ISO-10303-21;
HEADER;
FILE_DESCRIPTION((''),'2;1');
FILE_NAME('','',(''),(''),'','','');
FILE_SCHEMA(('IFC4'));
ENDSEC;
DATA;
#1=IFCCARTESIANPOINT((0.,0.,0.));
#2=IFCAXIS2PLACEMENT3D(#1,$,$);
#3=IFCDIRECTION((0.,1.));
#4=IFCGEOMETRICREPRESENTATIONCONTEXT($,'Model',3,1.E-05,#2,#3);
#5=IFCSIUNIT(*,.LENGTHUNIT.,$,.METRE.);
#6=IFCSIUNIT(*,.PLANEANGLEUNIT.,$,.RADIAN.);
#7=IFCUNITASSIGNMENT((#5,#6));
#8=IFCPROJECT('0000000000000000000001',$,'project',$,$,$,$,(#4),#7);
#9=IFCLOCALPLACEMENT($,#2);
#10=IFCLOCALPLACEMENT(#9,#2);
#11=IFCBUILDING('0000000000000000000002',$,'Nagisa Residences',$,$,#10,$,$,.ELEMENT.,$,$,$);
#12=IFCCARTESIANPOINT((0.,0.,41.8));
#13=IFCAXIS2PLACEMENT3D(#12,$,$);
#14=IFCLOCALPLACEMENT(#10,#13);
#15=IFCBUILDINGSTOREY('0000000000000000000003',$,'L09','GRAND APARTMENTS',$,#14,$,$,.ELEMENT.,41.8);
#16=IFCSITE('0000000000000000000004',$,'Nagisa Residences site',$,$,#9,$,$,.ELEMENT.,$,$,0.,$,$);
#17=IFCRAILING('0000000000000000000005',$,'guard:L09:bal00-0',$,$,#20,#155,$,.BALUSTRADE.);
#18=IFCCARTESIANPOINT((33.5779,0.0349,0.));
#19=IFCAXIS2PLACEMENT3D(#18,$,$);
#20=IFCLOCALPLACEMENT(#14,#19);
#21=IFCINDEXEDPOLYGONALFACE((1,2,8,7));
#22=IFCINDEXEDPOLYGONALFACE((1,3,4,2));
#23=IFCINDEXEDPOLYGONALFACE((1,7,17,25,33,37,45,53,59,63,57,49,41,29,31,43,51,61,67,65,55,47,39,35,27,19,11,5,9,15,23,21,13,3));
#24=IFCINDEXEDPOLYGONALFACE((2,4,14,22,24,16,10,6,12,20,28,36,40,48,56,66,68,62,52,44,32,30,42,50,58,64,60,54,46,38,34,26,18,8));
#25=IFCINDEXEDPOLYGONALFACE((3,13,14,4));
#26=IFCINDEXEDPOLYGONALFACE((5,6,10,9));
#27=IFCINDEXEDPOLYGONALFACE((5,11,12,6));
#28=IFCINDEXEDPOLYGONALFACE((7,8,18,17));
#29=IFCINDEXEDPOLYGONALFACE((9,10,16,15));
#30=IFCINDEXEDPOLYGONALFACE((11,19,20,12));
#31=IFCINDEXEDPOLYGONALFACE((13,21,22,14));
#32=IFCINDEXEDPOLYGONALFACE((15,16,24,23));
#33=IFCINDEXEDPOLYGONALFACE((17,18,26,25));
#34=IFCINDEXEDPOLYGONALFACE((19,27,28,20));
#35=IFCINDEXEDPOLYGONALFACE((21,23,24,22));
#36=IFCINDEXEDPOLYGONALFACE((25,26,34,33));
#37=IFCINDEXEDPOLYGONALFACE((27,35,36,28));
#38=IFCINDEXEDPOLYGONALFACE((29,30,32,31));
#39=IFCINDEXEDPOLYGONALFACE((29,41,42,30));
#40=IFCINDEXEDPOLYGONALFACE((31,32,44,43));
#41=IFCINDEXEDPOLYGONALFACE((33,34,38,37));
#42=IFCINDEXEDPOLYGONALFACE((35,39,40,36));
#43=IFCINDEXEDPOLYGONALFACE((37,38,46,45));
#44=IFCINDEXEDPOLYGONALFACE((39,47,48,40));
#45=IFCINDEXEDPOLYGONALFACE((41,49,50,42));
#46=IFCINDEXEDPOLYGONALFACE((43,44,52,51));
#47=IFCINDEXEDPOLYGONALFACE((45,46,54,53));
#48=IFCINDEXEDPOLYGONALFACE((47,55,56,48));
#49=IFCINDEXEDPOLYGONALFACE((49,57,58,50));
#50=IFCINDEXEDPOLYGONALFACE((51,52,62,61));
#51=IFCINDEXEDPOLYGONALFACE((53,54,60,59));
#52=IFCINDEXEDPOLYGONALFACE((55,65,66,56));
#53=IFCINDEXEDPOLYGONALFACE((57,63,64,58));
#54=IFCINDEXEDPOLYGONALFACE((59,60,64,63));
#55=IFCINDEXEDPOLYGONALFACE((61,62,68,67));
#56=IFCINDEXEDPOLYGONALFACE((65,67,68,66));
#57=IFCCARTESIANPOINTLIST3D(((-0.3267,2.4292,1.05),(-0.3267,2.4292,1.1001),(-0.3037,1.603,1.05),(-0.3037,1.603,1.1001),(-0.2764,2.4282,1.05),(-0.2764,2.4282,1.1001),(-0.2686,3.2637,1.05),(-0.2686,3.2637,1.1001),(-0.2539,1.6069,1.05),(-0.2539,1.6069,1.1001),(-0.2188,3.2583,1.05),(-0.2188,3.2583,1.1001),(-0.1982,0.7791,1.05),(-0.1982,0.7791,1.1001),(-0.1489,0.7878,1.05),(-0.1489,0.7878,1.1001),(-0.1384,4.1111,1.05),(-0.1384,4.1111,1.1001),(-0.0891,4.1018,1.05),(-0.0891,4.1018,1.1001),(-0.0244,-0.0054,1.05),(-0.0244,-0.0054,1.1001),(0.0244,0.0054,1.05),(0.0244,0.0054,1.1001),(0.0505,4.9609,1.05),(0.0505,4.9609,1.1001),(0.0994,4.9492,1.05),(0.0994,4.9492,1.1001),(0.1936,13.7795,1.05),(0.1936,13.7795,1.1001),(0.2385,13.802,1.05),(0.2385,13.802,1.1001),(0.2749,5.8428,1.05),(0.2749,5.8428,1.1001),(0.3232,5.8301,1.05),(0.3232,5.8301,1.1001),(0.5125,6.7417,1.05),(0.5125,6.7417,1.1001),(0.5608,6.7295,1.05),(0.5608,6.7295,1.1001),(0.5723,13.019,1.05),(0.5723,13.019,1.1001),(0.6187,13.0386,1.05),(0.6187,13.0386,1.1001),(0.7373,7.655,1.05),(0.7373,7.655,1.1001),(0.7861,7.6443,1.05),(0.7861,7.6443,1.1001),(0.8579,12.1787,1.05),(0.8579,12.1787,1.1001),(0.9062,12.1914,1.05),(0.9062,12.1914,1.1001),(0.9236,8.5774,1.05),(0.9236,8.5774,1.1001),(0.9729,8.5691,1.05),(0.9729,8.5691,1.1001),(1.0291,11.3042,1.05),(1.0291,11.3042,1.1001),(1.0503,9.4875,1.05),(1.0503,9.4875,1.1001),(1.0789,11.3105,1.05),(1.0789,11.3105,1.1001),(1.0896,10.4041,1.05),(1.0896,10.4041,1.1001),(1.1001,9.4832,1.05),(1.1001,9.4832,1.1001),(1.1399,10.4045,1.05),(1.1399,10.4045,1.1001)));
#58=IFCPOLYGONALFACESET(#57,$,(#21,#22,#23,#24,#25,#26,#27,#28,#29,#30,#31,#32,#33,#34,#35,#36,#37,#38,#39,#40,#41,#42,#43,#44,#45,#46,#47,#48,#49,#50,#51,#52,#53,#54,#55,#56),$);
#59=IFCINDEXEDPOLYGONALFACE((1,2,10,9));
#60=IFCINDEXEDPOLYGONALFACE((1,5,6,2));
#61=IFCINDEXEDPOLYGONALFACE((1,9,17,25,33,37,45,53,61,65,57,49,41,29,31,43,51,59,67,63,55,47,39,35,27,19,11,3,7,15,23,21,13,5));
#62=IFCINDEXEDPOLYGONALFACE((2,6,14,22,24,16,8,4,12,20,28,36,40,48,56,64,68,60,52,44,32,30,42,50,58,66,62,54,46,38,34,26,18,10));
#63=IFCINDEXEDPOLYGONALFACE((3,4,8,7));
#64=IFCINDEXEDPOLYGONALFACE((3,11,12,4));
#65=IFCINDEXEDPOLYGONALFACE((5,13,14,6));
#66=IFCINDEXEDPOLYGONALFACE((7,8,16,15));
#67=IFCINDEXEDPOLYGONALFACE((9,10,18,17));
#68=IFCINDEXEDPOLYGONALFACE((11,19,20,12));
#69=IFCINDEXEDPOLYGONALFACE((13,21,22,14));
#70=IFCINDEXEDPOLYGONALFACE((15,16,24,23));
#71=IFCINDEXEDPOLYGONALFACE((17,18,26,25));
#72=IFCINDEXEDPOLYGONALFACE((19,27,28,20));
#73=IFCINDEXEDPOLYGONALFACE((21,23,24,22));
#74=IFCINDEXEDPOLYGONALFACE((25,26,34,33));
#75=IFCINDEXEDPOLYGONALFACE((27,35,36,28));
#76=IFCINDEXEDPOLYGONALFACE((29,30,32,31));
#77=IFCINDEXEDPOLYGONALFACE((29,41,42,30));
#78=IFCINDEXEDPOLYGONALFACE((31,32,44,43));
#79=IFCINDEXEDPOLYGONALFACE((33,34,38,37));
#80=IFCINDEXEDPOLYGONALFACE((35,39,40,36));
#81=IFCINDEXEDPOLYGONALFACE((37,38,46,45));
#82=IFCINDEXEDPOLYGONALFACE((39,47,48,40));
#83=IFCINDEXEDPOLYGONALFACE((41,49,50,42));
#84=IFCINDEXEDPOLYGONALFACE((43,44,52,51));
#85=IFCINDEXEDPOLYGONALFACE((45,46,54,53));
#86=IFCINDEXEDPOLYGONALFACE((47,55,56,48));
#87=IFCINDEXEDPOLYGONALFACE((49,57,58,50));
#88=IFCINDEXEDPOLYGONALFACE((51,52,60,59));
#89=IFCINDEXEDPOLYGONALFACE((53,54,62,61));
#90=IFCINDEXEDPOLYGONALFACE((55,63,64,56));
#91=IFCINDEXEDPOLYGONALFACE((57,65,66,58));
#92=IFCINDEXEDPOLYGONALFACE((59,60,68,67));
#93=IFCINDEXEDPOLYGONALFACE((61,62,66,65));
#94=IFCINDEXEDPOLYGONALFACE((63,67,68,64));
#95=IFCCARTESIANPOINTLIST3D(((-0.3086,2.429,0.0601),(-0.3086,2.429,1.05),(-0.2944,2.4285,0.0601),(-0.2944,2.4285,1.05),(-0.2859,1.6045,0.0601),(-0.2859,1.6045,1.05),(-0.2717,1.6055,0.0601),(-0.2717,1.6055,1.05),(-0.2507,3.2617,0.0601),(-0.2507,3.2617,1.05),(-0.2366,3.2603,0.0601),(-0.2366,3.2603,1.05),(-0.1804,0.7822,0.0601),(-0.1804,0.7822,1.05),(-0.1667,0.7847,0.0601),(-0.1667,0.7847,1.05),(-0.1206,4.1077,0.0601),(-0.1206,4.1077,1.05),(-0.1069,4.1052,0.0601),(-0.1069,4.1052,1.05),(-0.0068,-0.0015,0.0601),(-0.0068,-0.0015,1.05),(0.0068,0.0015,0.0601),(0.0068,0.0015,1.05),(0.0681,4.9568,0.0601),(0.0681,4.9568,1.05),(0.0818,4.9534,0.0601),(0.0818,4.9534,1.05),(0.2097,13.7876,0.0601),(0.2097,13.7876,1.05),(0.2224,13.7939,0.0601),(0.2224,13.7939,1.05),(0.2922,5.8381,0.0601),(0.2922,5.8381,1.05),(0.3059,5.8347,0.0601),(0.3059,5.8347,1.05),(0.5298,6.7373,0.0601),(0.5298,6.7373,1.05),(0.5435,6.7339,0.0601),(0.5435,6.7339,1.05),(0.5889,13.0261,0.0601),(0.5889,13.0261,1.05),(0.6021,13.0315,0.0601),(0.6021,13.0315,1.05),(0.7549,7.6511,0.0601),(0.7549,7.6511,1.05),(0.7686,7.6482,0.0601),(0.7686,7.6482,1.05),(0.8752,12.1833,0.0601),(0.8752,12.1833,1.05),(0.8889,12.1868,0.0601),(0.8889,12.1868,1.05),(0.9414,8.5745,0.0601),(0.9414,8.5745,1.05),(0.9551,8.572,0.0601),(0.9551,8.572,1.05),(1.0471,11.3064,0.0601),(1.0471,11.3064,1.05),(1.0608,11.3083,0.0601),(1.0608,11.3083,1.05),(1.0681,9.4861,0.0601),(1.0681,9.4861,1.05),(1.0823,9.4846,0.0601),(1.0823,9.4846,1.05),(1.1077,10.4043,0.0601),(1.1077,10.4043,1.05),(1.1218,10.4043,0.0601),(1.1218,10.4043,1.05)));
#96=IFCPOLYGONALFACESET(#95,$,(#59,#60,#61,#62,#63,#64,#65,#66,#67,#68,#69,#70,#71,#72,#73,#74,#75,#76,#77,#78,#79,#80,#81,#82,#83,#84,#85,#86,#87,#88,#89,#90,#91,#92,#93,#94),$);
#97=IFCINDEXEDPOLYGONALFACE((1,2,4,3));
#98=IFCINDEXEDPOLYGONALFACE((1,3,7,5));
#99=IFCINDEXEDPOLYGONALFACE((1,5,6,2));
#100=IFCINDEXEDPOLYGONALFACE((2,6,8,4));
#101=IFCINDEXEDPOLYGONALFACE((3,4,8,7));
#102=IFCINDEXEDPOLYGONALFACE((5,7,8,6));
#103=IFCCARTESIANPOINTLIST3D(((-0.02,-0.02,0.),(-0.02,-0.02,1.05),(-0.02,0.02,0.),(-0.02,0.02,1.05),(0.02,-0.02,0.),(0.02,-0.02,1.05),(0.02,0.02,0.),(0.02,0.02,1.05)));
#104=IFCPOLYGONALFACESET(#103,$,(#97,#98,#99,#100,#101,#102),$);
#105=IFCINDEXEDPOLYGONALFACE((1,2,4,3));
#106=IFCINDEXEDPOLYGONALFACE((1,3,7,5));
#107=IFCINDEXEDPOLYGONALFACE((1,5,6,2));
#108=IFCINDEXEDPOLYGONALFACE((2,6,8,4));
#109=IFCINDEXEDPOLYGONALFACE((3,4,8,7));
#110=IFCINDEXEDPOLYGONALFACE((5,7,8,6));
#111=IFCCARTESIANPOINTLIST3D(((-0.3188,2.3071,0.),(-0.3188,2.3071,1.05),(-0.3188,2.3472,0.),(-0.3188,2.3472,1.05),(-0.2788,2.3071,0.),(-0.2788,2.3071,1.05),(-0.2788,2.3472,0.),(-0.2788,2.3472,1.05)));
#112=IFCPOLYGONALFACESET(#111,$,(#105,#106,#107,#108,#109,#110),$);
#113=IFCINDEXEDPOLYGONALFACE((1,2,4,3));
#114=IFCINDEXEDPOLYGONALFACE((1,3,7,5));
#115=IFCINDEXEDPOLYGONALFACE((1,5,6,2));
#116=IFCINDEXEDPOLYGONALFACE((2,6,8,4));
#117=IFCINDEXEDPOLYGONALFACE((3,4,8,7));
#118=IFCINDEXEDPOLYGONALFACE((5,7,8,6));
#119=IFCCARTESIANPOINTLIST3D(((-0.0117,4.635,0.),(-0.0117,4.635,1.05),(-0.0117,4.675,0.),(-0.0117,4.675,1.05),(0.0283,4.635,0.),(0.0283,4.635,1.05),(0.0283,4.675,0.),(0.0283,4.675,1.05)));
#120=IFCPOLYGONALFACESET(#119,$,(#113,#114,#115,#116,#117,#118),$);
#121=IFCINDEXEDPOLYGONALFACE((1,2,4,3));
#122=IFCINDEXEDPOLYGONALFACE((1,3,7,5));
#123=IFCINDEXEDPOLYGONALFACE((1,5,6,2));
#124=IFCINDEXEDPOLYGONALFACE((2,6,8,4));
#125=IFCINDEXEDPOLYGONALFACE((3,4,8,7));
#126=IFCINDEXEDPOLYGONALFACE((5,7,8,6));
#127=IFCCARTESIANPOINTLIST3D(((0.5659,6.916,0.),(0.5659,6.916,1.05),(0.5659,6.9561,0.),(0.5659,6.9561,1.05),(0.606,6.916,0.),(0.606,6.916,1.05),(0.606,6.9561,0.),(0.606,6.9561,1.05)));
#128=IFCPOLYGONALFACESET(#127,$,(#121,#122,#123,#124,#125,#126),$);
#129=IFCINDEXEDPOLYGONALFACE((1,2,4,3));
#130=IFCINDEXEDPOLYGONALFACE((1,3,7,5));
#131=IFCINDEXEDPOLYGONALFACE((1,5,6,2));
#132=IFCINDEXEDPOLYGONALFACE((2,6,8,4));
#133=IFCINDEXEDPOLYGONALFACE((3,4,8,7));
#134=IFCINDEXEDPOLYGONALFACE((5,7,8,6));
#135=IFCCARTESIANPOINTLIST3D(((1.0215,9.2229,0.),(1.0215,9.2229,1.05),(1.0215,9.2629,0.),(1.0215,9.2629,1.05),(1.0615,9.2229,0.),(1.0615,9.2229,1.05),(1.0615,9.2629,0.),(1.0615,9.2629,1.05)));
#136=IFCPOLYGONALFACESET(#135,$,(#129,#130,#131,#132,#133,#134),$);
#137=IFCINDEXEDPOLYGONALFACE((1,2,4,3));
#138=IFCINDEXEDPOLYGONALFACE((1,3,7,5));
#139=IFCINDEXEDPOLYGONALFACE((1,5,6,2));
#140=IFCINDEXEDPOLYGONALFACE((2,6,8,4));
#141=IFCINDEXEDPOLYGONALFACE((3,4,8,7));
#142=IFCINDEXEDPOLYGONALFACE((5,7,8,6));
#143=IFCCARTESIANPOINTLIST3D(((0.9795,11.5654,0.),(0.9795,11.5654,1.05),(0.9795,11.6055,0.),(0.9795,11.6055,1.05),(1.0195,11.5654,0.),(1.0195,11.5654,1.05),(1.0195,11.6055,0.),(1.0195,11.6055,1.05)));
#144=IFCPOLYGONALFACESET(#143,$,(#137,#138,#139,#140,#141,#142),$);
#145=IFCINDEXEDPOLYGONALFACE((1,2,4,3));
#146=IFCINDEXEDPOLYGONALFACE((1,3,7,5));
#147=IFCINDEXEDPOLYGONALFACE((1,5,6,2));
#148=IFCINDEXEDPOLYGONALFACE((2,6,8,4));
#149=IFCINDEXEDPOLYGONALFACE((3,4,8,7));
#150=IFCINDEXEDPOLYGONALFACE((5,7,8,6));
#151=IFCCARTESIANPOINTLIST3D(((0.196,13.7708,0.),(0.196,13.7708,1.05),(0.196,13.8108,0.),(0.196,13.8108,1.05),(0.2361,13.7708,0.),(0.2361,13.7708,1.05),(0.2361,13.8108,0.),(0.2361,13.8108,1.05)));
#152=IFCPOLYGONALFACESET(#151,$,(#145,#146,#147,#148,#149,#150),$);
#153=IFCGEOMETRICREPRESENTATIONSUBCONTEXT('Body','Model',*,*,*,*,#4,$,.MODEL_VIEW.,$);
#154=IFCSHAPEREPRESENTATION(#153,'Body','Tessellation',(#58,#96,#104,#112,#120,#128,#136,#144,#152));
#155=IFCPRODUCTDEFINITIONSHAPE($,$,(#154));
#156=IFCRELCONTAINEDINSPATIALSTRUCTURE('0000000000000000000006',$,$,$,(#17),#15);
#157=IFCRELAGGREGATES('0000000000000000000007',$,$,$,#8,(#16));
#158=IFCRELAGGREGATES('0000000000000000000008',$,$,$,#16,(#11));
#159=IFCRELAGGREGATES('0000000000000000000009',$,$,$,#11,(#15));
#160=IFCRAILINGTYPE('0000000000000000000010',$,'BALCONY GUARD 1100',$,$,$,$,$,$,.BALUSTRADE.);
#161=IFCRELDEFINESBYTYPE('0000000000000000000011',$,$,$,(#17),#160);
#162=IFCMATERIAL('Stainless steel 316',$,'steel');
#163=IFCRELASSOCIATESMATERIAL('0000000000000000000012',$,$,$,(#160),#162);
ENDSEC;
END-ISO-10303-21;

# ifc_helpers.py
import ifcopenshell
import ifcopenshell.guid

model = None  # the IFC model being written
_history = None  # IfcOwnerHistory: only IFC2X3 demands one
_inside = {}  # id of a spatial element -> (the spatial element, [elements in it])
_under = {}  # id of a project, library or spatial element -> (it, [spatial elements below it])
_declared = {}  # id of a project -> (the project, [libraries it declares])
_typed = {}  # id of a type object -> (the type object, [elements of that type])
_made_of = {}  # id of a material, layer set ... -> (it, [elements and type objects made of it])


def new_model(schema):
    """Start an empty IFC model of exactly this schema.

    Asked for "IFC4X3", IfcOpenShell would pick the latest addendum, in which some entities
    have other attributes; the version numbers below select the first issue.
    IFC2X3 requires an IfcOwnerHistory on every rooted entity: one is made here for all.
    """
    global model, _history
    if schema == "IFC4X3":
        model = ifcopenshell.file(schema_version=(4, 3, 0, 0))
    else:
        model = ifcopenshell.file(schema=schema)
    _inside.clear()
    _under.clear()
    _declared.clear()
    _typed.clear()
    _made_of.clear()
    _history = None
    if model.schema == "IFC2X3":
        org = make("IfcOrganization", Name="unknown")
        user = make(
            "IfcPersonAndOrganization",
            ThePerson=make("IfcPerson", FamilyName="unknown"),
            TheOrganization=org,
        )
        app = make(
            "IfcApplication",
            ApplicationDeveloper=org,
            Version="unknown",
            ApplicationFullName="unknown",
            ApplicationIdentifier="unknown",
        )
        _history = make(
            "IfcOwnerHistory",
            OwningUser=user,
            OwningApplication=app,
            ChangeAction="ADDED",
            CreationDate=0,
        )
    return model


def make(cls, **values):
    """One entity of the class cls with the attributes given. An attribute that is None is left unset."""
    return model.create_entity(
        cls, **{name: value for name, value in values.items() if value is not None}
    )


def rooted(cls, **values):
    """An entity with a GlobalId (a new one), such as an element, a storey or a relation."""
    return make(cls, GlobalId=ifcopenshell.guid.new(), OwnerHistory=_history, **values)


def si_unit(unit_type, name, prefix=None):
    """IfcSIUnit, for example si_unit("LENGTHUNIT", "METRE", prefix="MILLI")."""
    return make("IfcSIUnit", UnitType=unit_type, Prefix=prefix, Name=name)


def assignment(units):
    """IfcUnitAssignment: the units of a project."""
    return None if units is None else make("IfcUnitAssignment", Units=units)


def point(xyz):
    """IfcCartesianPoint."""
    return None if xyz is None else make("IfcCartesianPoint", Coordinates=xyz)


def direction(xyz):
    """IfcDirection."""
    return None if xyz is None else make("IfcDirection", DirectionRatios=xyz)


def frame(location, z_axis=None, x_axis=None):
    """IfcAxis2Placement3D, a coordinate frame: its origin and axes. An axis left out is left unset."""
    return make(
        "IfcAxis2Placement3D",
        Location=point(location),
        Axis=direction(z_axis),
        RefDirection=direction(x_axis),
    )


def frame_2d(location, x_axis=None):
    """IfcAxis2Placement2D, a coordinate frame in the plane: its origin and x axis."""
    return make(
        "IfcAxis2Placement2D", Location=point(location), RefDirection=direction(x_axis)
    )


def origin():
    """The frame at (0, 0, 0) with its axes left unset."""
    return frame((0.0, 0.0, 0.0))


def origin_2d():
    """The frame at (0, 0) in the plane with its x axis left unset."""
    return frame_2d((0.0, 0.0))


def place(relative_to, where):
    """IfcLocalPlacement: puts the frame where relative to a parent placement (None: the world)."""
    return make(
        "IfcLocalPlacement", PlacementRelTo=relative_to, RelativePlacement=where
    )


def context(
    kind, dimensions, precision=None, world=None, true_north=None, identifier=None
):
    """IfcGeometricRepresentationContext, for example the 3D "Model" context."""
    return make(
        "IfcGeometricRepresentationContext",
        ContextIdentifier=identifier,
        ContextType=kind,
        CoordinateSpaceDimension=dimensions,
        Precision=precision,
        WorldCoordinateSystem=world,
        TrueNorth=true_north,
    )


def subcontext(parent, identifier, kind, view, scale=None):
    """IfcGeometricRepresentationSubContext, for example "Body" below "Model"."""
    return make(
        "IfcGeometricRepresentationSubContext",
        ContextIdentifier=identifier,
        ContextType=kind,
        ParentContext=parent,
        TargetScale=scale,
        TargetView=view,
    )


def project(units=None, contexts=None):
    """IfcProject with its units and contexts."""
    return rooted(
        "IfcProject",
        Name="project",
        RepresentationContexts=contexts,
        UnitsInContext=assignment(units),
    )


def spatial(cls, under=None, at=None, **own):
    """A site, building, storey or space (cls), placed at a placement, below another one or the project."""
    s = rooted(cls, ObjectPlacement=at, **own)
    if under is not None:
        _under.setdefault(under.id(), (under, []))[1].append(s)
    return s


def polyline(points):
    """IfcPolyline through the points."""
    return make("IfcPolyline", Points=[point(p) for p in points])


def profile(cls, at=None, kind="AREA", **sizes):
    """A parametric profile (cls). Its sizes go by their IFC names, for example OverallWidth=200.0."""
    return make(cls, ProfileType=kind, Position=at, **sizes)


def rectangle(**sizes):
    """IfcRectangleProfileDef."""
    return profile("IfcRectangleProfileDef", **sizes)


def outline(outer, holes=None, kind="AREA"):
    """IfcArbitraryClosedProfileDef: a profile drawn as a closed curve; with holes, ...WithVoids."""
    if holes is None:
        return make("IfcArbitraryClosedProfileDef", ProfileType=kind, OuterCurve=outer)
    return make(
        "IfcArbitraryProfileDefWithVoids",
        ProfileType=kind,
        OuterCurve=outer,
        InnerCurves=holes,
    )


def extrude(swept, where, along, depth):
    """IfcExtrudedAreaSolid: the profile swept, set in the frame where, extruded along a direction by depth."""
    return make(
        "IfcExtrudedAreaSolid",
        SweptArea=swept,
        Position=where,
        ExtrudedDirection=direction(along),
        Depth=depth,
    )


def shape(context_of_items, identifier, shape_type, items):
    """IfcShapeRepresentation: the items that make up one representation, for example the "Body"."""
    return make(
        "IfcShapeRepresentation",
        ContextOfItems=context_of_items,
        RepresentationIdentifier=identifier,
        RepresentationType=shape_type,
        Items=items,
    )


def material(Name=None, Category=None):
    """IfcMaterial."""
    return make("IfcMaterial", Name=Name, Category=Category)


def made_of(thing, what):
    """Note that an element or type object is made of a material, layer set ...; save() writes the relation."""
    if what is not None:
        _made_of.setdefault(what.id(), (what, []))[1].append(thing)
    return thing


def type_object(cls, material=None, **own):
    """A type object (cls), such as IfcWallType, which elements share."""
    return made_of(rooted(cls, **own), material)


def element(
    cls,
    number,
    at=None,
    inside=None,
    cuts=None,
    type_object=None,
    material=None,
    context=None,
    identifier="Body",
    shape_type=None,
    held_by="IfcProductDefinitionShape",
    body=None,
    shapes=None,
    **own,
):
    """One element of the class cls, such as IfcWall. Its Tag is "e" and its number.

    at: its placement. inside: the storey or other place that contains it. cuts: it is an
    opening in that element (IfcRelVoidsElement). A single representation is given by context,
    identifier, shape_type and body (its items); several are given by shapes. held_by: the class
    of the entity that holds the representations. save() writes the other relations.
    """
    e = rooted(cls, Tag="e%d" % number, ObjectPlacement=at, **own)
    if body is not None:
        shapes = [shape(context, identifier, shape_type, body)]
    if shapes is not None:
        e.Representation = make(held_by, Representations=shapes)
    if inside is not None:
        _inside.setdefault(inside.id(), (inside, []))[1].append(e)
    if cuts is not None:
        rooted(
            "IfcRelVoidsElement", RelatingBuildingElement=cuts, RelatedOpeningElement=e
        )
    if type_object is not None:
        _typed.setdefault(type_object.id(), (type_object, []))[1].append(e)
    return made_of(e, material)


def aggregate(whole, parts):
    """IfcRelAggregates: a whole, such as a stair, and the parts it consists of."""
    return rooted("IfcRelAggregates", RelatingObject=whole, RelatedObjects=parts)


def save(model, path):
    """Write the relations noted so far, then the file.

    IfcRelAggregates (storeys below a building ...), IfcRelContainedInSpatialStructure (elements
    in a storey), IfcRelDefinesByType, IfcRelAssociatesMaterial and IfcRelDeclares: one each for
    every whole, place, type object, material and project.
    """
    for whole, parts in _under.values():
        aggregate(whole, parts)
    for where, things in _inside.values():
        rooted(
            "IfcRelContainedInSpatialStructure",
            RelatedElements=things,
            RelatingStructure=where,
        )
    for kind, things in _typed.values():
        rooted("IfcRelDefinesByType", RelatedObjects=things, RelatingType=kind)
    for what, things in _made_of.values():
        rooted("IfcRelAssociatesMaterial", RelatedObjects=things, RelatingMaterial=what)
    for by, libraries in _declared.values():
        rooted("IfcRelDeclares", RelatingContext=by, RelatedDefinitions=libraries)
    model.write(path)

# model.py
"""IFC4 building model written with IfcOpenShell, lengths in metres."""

from ifc_helpers import new_model, si_unit, direction, frame, origin, origin_2d, place, context, subcontext, project, spatial, polyline, rectangle, outline, extrude, material, type_object, element, save


model = new_model("IFC4")

# Units and contexts
model_context = context("Model", 3, precision=1e-05, world=origin(), true_north=direction((0.0, 1.0)))
body_context = subcontext(model_context, "Body", "Model", "MODEL_VIEW")
ifc_project = project(units=[si_unit("LENGTHUNIT", "METRE"), si_unit("PLANEANGLEUNIT", "RADIAN")], contexts=[model_context])

# Site, building, storey
site_placement = place(None, origin())
site = spatial("IfcSite", under=ifc_project, at=site_placement, Name="Nagisa Residences site", CompositionType="ELEMENT", RefElevation=0.0)
building_placement = place(site_placement, origin())
building = spatial("IfcBuilding", under=site, at=building_placement, Name="Nagisa Residences", CompositionType="ELEMENT")
storey_placement = place(building_placement, frame((0.0, 0.0, 41.8)))
storey = spatial("IfcBuildingStorey", under=building, at=storey_placement, Name="L09", Description="GRAND APARTMENTS", CompositionType="ELEMENT", Elevation=41.8)

# Railing
ifc_material_1 = material(Name="Stainless steel 316", Category="steel")
railing_type = type_object("IfcRailingType", Name="BALCONY GUARD 1100", PredefinedType="BALUSTRADE", material=ifc_material_1)
railing_1_placement = place(storey_placement, frame((33.5779, 0.0349, 0.0)))
element("IfcRailing", 1, at=railing_1_placement, inside=storey, type_object=railing_type, Name="guard:L09:bal00-0", PredefinedType="BALUSTRADE", context=body_context, shape_type="SweptSolid", body=[
    extrude(outline(polyline([(-0.1982, 0.7791), (-0.0244, -0.0054), (0.0244, 0.0054), (-0.1489, 0.7878), (-0.2539, 1.6069), (-0.2764, 2.4282), (-0.2188, 3.2583), (-0.0891, 4.1018), (0.0994, 4.9492), (0.3232, 5.8301), (0.5608, 6.7295), (0.7861, 7.6443), (0.9729, 8.5691), (1.1001, 9.4832), (1.1399, 10.4045), (1.0789, 11.3105), (0.9062, 12.1914), (0.6187, 13.0386), (0.2385, 13.802), (0.1936, 13.7795), (0.5723, 13.019), (0.8579, 12.1787), (1.0291, 11.3042), (1.0896, 10.4041), (1.0503, 9.4875), (0.9236, 8.5774), (0.7373, 7.655), (0.5125, 6.7417), (0.2749, 5.8428), (0.0505, 4.9609), (-0.1384, 4.1111), (-0.2686, 3.2637), (-0.3267, 2.4292), (-0.3037, 1.603), (-0.1982, 0.7791)])), frame((0.0, 0.0, 1.05)), (0.0, 0.0, 1.0), 0.05),
    extrude(outline(polyline([(-0.1804, 0.7822), (-0.0068, -0.0015), (0.0068, 0.0015), (-0.1667, 0.7847), (-0.2717, 1.6055), (-0.2944, 2.4285), (-0.2366, 3.2603), (-0.1069, 4.1052), (0.0818, 4.9534), (0.3059, 5.8347), (0.5435, 6.7339), (0.7686, 7.6482), (0.9551, 8.572), (1.0823, 9.4846), (1.1218, 10.4043), (1.0608, 11.3083), (0.8889, 12.1868), (0.6021, 13.0315), (0.2224, 13.7939), (0.2097, 13.7876), (0.5889, 13.0261), (0.8752, 12.1833), (1.0471, 11.3064), (1.1077, 10.4043), (1.0681, 9.4861), (0.9414, 8.5745), (0.7549, 7.6511), (0.5298, 6.7373), (0.2922, 5.8381), (0.0681, 4.9568), (-0.1206, 4.1077), (-0.2507, 3.2617), (-0.3086, 2.429), (-0.2859, 1.6045), (-0.1804, 0.7822)])), frame((0.0, 0.0, 0.0601)), (0.0, 0.0, 1.0), 0.99),
    extrude(rectangle(XDim=0.04, YDim=0.04, at=origin_2d()), origin(), (0.0, 0.0, 1.0), 1.05),
    extrude(rectangle(XDim=0.04, YDim=0.04, at=origin_2d()), frame((-0.2988, 2.3271, 0.0)), (0.0, 0.0, 1.0), 1.05),
    extrude(rectangle(XDim=0.04, YDim=0.04, at=origin_2d()), frame((0.0083, 4.655, 0.0)), (0.0, 0.0, 1.0), 1.05),
    extrude(rectangle(XDim=0.04, YDim=0.04, at=origin_2d()), frame((0.5859, 6.936, 0.0)), (0.0, 0.0, 1.0), 1.05),
    extrude(rectangle(XDim=0.04, YDim=0.04, at=origin_2d()), frame((1.0415, 9.2429, 0.0)), (0.0, 0.0, 1.0), 1.05),
    extrude(rectangle(XDim=0.04, YDim=0.04, at=origin_2d()), frame((0.9995, 11.5854, 0.0)), (0.0, 0.0, 1.0), 1.05),
    extrude(rectangle(XDim=0.04, YDim=0.04, at=origin_2d()), frame((0.2161, 13.7908, 0.0)), (0.0, 0.0, 1.0), 1.05),
])

save(model, "model.ifc")
